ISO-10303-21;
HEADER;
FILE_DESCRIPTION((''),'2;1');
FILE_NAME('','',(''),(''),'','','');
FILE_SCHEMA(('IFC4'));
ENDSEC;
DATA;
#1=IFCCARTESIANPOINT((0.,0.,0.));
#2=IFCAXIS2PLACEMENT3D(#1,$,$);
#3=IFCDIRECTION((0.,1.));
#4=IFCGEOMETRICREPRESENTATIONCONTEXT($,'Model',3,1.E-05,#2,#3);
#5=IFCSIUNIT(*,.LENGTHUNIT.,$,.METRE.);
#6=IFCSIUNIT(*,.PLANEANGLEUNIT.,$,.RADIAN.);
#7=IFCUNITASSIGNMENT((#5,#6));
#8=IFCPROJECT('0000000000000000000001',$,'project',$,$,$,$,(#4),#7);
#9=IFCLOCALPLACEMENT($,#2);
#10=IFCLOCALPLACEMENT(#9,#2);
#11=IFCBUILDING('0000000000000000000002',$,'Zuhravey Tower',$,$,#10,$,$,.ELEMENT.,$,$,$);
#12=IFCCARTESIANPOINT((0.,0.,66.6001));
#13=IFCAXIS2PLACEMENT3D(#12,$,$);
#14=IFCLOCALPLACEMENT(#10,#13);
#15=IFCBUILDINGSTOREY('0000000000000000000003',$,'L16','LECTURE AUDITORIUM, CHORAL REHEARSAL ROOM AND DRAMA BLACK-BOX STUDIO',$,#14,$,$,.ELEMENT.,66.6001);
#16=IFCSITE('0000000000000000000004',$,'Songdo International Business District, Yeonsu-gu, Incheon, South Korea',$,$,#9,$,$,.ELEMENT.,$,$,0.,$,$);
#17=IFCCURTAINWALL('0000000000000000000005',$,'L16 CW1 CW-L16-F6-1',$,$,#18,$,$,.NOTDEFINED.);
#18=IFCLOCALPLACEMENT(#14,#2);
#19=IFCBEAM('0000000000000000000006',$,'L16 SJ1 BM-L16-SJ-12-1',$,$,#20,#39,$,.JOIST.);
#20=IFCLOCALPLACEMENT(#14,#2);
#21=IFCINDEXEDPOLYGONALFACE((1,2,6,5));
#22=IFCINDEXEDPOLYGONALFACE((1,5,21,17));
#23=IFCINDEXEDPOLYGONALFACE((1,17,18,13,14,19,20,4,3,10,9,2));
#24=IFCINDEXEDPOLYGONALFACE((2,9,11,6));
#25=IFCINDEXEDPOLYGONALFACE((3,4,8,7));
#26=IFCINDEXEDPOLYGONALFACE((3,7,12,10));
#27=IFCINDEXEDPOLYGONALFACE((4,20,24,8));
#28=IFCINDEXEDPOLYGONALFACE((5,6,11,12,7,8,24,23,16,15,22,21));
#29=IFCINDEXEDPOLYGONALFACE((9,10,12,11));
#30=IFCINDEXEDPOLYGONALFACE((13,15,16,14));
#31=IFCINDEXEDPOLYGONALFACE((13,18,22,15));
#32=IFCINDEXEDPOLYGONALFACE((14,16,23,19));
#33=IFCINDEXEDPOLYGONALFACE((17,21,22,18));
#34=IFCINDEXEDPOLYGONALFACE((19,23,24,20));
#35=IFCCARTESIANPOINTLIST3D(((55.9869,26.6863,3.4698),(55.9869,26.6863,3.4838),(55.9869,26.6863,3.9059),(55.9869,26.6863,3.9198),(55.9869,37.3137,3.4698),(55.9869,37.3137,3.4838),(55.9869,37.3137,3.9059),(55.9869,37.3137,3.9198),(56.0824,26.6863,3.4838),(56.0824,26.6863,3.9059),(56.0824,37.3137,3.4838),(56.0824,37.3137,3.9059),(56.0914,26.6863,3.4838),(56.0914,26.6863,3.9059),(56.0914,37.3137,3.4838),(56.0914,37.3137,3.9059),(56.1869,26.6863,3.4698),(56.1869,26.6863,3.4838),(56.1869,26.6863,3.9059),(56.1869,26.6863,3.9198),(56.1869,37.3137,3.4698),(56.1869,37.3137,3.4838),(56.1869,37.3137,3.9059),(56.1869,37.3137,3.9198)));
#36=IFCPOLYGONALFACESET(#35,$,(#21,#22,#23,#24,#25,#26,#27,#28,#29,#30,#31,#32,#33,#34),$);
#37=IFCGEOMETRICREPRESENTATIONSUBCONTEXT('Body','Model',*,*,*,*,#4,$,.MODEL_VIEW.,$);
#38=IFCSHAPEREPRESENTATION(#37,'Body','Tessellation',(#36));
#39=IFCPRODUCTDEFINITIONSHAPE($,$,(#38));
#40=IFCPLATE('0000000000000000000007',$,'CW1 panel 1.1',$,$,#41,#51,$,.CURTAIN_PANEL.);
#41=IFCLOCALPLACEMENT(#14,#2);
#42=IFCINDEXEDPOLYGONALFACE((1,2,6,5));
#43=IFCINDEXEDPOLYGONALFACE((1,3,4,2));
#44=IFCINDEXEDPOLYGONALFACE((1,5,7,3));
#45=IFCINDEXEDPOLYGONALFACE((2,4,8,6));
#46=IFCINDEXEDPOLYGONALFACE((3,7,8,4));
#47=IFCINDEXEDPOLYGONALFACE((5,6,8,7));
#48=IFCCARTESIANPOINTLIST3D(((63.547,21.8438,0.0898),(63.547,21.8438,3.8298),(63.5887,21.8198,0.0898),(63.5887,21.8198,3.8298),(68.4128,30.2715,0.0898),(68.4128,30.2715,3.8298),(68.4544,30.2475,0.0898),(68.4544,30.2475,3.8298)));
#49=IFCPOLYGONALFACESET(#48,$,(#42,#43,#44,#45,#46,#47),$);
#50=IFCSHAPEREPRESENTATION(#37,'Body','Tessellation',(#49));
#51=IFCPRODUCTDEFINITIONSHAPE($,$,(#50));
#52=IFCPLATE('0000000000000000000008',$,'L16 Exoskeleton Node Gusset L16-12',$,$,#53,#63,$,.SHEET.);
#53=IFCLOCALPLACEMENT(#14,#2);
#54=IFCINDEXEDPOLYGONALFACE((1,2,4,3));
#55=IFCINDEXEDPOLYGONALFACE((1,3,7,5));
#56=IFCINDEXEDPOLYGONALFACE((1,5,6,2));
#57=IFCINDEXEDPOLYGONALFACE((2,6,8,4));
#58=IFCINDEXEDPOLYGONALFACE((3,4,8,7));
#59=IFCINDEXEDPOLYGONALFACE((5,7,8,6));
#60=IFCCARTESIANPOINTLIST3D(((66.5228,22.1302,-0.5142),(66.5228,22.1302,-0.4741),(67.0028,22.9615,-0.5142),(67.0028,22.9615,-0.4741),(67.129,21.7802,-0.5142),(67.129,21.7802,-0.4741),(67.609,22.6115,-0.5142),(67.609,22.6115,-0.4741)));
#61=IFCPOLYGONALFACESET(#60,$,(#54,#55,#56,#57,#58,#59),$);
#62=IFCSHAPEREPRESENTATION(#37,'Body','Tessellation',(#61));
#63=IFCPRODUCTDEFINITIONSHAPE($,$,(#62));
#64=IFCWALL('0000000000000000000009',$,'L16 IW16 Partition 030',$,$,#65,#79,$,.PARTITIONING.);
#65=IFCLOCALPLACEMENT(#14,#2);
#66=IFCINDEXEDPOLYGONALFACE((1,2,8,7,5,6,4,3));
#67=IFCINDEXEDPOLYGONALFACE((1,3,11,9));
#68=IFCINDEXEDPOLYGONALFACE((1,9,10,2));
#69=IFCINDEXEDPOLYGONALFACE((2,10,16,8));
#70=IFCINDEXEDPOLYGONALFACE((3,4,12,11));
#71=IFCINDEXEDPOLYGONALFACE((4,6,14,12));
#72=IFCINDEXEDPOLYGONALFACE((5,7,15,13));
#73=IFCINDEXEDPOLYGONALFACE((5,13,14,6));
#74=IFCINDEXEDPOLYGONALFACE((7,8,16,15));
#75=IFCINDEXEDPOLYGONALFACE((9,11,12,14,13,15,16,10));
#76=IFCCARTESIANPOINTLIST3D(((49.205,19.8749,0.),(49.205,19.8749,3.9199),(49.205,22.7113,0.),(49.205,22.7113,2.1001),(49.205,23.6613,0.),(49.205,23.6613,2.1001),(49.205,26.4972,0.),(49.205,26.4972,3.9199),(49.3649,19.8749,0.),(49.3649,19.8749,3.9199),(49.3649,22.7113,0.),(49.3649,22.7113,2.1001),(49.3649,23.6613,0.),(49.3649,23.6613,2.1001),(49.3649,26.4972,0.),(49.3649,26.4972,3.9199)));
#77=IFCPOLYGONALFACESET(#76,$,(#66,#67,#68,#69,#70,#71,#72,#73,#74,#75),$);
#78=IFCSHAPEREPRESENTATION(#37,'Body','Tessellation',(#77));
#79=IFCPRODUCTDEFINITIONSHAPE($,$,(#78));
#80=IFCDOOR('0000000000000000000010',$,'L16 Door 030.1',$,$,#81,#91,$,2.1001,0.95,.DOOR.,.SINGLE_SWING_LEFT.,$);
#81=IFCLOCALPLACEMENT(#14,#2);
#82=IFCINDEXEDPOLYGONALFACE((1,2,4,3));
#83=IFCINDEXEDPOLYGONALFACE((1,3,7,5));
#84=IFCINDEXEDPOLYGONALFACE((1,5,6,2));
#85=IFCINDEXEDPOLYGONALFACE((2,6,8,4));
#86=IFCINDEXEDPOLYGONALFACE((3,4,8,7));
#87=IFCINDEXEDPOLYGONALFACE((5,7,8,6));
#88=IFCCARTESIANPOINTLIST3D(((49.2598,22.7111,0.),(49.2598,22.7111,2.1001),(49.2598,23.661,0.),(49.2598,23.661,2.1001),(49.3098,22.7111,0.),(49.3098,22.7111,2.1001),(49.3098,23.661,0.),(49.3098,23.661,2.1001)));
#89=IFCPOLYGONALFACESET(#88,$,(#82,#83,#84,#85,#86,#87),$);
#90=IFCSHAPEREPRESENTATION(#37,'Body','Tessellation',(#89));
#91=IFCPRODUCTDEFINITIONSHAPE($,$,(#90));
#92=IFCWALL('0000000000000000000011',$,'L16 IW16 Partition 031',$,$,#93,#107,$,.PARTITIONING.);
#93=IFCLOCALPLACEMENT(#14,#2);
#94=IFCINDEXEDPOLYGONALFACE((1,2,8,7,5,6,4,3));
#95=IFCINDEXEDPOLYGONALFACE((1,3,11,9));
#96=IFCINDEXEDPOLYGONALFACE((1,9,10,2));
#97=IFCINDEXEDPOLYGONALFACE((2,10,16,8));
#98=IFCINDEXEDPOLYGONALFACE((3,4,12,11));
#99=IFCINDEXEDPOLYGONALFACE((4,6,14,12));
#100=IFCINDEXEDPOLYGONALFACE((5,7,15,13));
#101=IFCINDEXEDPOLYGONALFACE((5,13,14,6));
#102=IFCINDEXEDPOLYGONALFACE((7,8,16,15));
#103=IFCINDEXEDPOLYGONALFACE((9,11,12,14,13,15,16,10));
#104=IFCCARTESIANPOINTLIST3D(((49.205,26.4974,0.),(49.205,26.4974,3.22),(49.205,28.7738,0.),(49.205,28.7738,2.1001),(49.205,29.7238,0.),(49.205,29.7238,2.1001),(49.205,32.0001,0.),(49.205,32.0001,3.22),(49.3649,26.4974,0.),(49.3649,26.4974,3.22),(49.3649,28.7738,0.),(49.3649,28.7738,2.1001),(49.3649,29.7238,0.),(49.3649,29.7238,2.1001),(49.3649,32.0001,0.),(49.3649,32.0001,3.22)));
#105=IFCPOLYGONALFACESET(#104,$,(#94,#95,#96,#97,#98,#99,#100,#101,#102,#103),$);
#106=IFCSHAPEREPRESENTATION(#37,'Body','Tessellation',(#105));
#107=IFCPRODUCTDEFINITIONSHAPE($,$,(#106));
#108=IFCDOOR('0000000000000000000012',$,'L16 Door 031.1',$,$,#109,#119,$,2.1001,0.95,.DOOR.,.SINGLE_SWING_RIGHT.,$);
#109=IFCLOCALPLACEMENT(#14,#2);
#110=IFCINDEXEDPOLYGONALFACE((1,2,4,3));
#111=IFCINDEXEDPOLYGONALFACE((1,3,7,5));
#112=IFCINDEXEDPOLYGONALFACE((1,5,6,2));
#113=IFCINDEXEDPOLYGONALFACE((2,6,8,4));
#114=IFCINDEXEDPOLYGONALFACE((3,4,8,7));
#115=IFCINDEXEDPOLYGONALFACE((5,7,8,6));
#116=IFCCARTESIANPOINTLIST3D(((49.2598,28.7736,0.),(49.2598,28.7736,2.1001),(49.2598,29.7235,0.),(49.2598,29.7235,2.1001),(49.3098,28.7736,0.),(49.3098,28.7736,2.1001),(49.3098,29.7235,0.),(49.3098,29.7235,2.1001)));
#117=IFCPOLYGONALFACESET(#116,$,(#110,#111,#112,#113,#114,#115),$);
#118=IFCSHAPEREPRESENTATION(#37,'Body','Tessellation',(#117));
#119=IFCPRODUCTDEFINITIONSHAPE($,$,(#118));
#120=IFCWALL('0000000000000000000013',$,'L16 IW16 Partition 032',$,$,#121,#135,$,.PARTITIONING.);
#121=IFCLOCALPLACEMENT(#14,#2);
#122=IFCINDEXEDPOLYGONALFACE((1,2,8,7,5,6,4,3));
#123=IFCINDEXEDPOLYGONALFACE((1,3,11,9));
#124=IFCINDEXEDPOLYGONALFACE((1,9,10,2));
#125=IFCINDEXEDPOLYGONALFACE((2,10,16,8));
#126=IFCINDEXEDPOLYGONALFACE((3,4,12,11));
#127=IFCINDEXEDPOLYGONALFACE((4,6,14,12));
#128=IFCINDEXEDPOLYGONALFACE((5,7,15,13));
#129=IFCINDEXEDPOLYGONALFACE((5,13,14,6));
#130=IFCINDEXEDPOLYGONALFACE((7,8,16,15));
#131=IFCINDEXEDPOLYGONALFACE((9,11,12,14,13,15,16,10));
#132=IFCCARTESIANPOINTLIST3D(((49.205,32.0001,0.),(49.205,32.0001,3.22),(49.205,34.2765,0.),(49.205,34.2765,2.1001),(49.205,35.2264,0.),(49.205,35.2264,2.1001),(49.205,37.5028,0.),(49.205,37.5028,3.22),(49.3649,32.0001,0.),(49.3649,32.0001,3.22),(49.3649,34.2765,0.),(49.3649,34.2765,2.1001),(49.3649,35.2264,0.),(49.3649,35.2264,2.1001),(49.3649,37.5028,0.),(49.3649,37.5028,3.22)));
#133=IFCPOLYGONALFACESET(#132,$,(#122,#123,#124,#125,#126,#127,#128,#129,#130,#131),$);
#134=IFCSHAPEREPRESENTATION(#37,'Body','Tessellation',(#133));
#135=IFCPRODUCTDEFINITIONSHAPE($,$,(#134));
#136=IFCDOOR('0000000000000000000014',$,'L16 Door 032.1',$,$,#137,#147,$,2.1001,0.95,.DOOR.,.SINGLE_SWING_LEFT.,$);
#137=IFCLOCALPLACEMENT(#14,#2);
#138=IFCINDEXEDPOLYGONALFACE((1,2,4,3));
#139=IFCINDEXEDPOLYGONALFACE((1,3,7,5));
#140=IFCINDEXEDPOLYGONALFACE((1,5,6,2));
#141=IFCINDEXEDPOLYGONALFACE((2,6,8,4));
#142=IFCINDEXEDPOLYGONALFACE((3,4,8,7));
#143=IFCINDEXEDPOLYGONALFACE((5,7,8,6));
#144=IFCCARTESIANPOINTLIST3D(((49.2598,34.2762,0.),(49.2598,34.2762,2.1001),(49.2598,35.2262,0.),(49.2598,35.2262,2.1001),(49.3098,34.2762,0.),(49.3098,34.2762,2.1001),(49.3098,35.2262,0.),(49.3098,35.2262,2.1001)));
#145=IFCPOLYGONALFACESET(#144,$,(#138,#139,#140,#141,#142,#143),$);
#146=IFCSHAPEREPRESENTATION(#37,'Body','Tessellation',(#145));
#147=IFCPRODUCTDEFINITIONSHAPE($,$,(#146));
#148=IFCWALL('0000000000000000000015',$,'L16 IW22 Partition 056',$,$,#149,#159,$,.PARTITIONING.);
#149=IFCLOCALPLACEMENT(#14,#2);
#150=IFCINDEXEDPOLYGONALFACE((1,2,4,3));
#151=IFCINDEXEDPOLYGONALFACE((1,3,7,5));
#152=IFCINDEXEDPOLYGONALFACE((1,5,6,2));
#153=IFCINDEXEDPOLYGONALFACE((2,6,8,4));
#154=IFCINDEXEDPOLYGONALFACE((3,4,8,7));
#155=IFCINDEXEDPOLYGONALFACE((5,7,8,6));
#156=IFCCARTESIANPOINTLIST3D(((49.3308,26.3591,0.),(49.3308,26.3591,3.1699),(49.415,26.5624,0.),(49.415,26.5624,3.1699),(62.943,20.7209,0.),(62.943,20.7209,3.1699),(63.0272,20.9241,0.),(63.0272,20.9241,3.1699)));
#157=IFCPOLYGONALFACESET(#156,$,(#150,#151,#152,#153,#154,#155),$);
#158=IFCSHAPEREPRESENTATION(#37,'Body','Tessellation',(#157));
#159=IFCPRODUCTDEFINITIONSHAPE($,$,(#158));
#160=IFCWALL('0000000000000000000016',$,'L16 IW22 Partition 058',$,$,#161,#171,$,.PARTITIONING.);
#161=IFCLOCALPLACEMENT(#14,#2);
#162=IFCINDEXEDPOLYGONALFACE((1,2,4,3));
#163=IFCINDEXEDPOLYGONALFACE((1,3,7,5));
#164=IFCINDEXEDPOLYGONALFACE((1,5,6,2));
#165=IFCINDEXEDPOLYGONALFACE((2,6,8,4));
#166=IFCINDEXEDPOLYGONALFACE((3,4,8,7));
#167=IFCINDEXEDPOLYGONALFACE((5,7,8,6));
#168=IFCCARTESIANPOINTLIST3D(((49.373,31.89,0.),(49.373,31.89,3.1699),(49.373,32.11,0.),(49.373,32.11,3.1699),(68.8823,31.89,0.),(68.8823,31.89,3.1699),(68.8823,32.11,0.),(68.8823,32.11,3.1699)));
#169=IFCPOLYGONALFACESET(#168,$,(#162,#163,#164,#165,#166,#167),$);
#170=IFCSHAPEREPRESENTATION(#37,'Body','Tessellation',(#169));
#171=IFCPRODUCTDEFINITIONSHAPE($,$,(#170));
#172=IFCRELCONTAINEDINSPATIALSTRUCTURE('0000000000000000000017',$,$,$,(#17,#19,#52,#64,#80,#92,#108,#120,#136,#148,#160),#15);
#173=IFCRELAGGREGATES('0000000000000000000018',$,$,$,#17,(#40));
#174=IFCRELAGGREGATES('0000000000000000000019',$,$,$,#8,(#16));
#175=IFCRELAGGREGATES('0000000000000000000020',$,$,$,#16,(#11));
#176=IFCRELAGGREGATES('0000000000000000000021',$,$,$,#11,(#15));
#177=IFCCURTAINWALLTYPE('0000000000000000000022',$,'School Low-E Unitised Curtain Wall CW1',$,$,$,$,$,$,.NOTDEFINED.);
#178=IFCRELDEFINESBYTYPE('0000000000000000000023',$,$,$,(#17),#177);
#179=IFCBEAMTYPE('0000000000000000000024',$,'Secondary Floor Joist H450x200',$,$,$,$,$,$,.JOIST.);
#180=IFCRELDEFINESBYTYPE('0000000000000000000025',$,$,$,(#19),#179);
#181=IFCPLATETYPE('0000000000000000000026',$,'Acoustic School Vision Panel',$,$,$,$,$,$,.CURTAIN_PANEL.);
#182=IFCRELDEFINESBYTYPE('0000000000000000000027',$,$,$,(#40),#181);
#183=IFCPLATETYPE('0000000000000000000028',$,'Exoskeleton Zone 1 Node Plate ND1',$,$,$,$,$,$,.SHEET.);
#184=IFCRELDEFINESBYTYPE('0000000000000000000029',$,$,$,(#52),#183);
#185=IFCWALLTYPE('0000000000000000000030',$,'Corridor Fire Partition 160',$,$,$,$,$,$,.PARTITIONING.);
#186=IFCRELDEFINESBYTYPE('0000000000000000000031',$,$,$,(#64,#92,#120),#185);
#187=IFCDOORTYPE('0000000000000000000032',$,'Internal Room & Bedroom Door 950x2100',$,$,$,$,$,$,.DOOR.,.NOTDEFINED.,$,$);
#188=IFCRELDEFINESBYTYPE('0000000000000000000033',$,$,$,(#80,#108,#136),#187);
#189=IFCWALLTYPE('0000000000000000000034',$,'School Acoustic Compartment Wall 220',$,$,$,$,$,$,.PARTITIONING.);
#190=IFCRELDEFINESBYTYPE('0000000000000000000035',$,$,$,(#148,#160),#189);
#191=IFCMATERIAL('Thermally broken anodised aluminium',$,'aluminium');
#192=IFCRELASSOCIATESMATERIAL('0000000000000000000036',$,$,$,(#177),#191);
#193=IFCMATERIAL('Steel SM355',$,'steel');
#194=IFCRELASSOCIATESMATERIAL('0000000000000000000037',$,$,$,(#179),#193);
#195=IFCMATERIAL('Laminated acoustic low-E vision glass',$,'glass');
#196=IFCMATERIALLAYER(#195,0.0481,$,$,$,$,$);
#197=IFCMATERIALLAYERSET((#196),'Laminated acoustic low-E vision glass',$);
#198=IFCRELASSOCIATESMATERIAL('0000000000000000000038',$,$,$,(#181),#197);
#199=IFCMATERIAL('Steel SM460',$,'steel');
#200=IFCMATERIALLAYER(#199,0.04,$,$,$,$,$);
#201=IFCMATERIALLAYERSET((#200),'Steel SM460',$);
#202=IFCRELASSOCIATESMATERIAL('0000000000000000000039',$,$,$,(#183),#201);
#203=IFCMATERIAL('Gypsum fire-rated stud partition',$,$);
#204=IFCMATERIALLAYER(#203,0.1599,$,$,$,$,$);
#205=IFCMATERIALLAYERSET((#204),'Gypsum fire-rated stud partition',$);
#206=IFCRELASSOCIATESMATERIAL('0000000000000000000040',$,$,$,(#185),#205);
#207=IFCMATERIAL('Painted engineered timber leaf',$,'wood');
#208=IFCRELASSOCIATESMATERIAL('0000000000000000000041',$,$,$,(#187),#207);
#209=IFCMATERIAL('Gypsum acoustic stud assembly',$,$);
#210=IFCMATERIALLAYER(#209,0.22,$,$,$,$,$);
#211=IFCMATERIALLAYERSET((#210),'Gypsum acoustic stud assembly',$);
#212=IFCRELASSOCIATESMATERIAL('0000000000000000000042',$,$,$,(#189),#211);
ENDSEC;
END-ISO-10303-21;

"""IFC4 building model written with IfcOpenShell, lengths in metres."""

from ifc_helpers import new_model, si_unit, direction, frame, frame_2d, origin, origin_2d, place, context, subcontext, project, spatial, rectangle, i_section, extrude, material, layer, layer_set, material_profile, profile_set, type_object, element, fill, aggregate, save


model = new_model("IFC4")

# Units and contexts
model_context = context("Model", 3, precision=1e-05, world=origin(), true_north=direction((0.0, 1.0)))
body_context = subcontext(model_context, "Body", "Model", "MODEL_VIEW")
ifc_project = project(units=[si_unit("LENGTHUNIT", "METRE"), si_unit("PLANEANGLEUNIT", "RADIAN")], contexts=[model_context])

# Site, building, storey
site_placement = place(None, origin())
site = spatial("IfcSite", under=ifc_project, at=site_placement, Name="Songdo International Business District, Yeonsu-gu, Incheon, South Korea", CompositionType="ELEMENT", RefElevation=0.0)
building_placement = place(site_placement, origin())
building = spatial("IfcBuilding", under=site, at=building_placement, Name="Zuhravey Tower", CompositionType="ELEMENT")
storey_placement = place(building_placement, frame((0.0, 0.0, 66.6001)))
storey = spatial("IfcBuildingStorey", under=building, at=storey_placement, Name="L16", Description="LECTURE AUDITORIUM, CHORAL REHEARSAL ROOM AND DRAMA BLACK-BOX STUDIO", CompositionType="ELEMENT", Elevation=66.6001)

# Curtain wall
ifc_material_1 = material(Name="Thermally broken anodised aluminium", Category="aluminium")
curtain_wall_type = type_object("IfcCurtainWallType", Name="School Low-E Unitised Curtain Wall CW1", PredefinedType="NOTDEFINED", material=ifc_material_1)
curtain_wall_placement = place(storey_placement, origin())
curtain_wall = element("IfcCurtainWall", 1, at=curtain_wall_placement, inside=storey, type_object=curtain_wall_type, Name="L16 CW1 CW-L16-F6-1", PredefinedType="NOTDEFINED")

# Shared definitions
ifc_material_2 = material(Name="Steel SM460", Category="steel")

# Beam
ifc_material_3 = material(Name="Steel SM355", Category="steel")
ifc_material_profile_1 = material_profile(ifc_material_3, i_section(OverallWidth=0.2, OverallDepth=0.45, WebThickness=0.009, FlangeThickness=0.0139, at=origin_2d()), Name="H-450x200x9x14")
ifc_profile_set_1 = profile_set([ifc_material_profile_1], Name="Steel SM355")
beam_type_1 = type_object("IfcBeamType", Name="Secondary Floor Joist H450x200", PredefinedType="JOIST", material=ifc_profile_set_1)
beam_1_placement = place(storey_placement, frame((56.0869, 26.6863, 3.6948), z_axis=(0.0, 1.0, 0.0), x_axis=(-1.0, 0.0, 0.0)))
element("IfcBeam", 2, at=beam_1_placement, inside=storey, type_object=beam_type_1, Name="L16 SJ1 BM-L16-SJ-12-1", PredefinedType="JOIST", context=body_context, shape_type="SweptSolid", body=[
    extrude(i_section(OverallWidth=0.2, OverallDepth=0.45, WebThickness=0.009, FlangeThickness=0.0139, at=origin_2d()), origin(), (0.0, 0.0, 1.0), 10.6274),
])

# Plates
ifc_material_4 = material(Name="Laminated acoustic low-E vision glass", Category="glass")
ifc_layer_1 = layer(ifc_material_4, 0.0481)
ifc_layer_set_1 = layer_set([ifc_layer_1], Name="Laminated acoustic low-E vision glass")
plate_type_1 = type_object("IfcPlateType", Name="Acoustic School Vision Panel", PredefinedType="CURTAIN_PANEL", material=ifc_layer_set_1)
plate_1_placement = place(storey_placement, frame((66.0007, 26.0457, 0.0898), z_axis=(0.0, 0.0, 1.0), x_axis=(-0.5, -0.866026, 0.0)))
plate_1 = element("IfcPlate", 3, at=plate_1_placement, type_object=plate_type_1, Name="CW1 panel 1.1", PredefinedType="CURTAIN_PANEL", context=body_context, shape_type="SweptSolid", body=[
    extrude(rectangle(XDim=9.7314, YDim=0.0481, at=origin_2d()), origin(), (0.0, 0.0, 1.0), 3.74),
])
aggregate(curtain_wall, [plate_1])
ifc_layer_2 = layer(ifc_material_2, 0.04)
ifc_layer_set_2 = layer_set([ifc_layer_2], Name="Steel SM460")
plate_type_2 = type_object("IfcPlateType", Name="Exoskeleton Zone 1 Node Plate ND1", PredefinedType="SHEET", material=ifc_layer_set_2)
plate_2_placement = place(storey_placement, frame((67.0659, 22.3708, -0.5142), z_axis=(0.0, 0.0, 1.0), x_axis=(0.5, 0.866025, 0.0)))
element("IfcPlate", 4, at=plate_2_placement, inside=storey, type_object=plate_type_2, Name="L16 Exoskeleton Node Gusset L16-12", PredefinedType="SHEET", context=body_context, shape_type="SweptSolid", body=[
    extrude(rectangle(XDim=0.96, YDim=0.7, at=origin_2d()), origin(), (0.0, 0.0, 1.0), 0.04),
])

# Walls, openings, doors
ifc_material_5 = material(Name="Gypsum fire-rated stud partition")
ifc_layer_3 = layer(ifc_material_5, 0.1599)
ifc_layer_set_3 = layer_set([ifc_layer_3], Name="Gypsum fire-rated stud partition")
wall_type_1 = type_object("IfcWallType", Name="Corridor Fire Partition 160", PredefinedType="PARTITIONING", material=ifc_layer_set_3)
wall_1_placement = place(storey_placement, frame((49.2849, 19.875, 0.0), z_axis=(0.0, 0.0, 1.0), x_axis=(0.0, 1.0, 0.0)))
wall_1 = element("IfcWall", 5, at=wall_1_placement, inside=storey, type_object=wall_type_1, Name="L16 IW16 Partition 030", PredefinedType="PARTITIONING", context=body_context, shape_type="SweptSolid", body=[
    extrude(rectangle(XDim=6.6223, YDim=0.1599, at=frame_2d((3.311, 0.0))), origin(), (0.0, 0.0, 1.0), 3.9199),
])
opening_1_placement = place(wall_1_placement, frame((2.8362, 0.0, 0.0)))
opening_1 = element("IfcOpeningElement", 6, at=opening_1_placement, cuts=wall_1, PredefinedType="OPENING", context=body_context, shape_type="SweptSolid", body=[
    extrude(rectangle(XDim=0.95, YDim=2.1001, at=frame_2d((0.4751, 1.05))), frame((0.0, 0.092, 0.0), z_axis=(0.0, -1.0, 0.0), x_axis=(1.0, 0.0, 0.0)), (0.0, 0.0, 1.0), 0.1838),
])
ifc_material_6 = material(Name="Painted engineered timber leaf", Category="wood")
door_type = type_object("IfcDoorType", Name="Internal Room & Bedroom Door 950x2100", OperationType="NOTDEFINED", PredefinedType="DOOR", material=ifc_material_6)
door_1_placement = place(opening_1_placement, frame((0.95, 0.0, 0.0), z_axis=(0.0, 0.0, 1.0), x_axis=(-1.0, 0.0, 0.0)))
door_1 = element("IfcDoor", 7, at=door_1_placement, inside=storey, type_object=door_type, Name="L16 Door 030.1", OperationType="SINGLE_SWING_LEFT", OverallHeight=2.1001, OverallWidth=0.95, PredefinedType="DOOR", context=body_context, shape_type="SweptSolid", body=[
    extrude(rectangle(XDim=0.95, YDim=2.1001, at=frame_2d((0.4751, 1.05))), frame((0.0, 0.0249, 0.0), z_axis=(0.0, -1.0, 0.0), x_axis=(1.0, 0.0, 0.0)), (0.0, 0.0, 1.0), 0.05),
])
fill(opening_1, door_1)
wall_2_placement = place(storey_placement, frame((49.2849, 26.4973, 0.0), z_axis=(0.0, 0.0, 1.0), x_axis=(0.0, 1.0, 0.0)))
wall_2 = element("IfcWall", 8, at=wall_2_placement, inside=storey, type_object=wall_type_1, Name="L16 IW16 Partition 031", PredefinedType="PARTITIONING", context=body_context, shape_type="SweptSolid", body=[
    extrude(rectangle(XDim=5.5027, YDim=0.1599, at=frame_2d((2.7515, 0.0))), origin(), (0.0, 0.0, 1.0), 3.22),
])
opening_2_placement = place(wall_2_placement, frame((2.2764, 0.0, 0.0)))
opening_2 = element("IfcOpeningElement", 9, at=opening_2_placement, cuts=wall_2, PredefinedType="OPENING", context=body_context, shape_type="SweptSolid", body=[
    extrude(rectangle(XDim=0.95, YDim=2.1001, at=frame_2d((0.4751, 1.05))), frame((0.0, 0.092, 0.0), z_axis=(0.0, -1.0, 0.0), x_axis=(1.0, 0.0, 0.0)), (0.0, 0.0, 1.0), 0.1838),
])
door_2_placement = place(opening_2_placement, frame((0.95, 0.0, 0.0), z_axis=(0.0, 0.0, 1.0), x_axis=(-1.0, 0.0, 0.0)))
door_2 = element("IfcDoor", 10, at=door_2_placement, inside=storey, type_object=door_type, Name="L16 Door 031.1", OperationType="SINGLE_SWING_RIGHT", OverallHeight=2.1001, OverallWidth=0.95, PredefinedType="DOOR", context=body_context, shape_type="SweptSolid", body=[
    extrude(rectangle(XDim=0.95, YDim=2.1001, at=frame_2d((0.4751, 1.05))), frame((0.0, 0.0249, 0.0), z_axis=(0.0, -1.0, 0.0), x_axis=(1.0, 0.0, 0.0)), (0.0, 0.0, 1.0), 0.05),
])
fill(opening_2, door_2)
wall_3_placement = place(storey_placement, frame((49.2849, 32.0, 0.0), z_axis=(0.0, 0.0, 1.0), x_axis=(0.0, 1.0, 0.0)))
wall_3 = element("IfcWall", 11, at=wall_3_placement, inside=storey, type_object=wall_type_1, Name="L16 IW16 Partition 032", PredefinedType="PARTITIONING", context=body_context, shape_type="SweptSolid", body=[
    extrude(rectangle(XDim=5.5027, YDim=0.1599, at=frame_2d((2.7515, 0.0))), origin(), (0.0, 0.0, 1.0), 3.22),
])
opening_3_placement = place(wall_3_placement, frame((2.2764, 0.0, 0.0)))
opening_3 = element("IfcOpeningElement", 12, at=opening_3_placement, cuts=wall_3, PredefinedType="OPENING", context=body_context, shape_type="SweptSolid", body=[
    extrude(rectangle(XDim=0.95, YDim=2.1001, at=frame_2d((0.4751, 1.05))), frame((0.0, 0.092, 0.0), z_axis=(0.0, -1.0, 0.0), x_axis=(1.0, 0.0, 0.0)), (0.0, 0.0, 1.0), 0.1838),
])
door_3_placement = place(opening_3_placement, frame((0.95, 0.0, 0.0), z_axis=(0.0, 0.0, 1.0), x_axis=(-1.0, 0.0, 0.0)))
door_3 = element("IfcDoor", 13, at=door_3_placement, inside=storey, type_object=door_type, Name="L16 Door 032.1", OperationType="SINGLE_SWING_LEFT", OverallHeight=2.1001, OverallWidth=0.95, PredefinedType="DOOR", context=body_context, shape_type="SweptSolid", body=[
    extrude(rectangle(XDim=0.95, YDim=2.1001, at=frame_2d((0.4751, 1.05))), frame((0.0, 0.0249, 0.0), z_axis=(0.0, -1.0, 0.0), x_axis=(1.0, 0.0, 0.0)), (0.0, 0.0, 1.0), 0.05),
])
fill(opening_3, door_3)

# Walls
ifc_material_7 = material(Name="Gypsum acoustic stud assembly")
ifc_layer_4 = layer(ifc_material_7, 0.22)
ifc_layer_set_4 = layer_set([ifc_layer_4], Name="Gypsum acoustic stud assembly")
wall_type_2 = type_object("IfcWallType", Name="School Acoustic Compartment Wall 220", PredefinedType="PARTITIONING", material=ifc_layer_set_4)
wall_4_placement = place(storey_placement, frame((49.373, 26.4607, 0.0), z_axis=(0.0, 0.0, 1.0), x_axis=(0.923882, -0.382677, 0.0)))
element("IfcWall", 14, at=wall_4_placement, inside=storey, type_object=wall_type_2, Name="L16 IW22 Partition 056", PredefinedType="PARTITIONING", context=body_context, shape_type="SweptSolid", body=[
    extrude(rectangle(XDim=14.7336, YDim=0.22, at=frame_2d((7.3667, 0.0))), origin(), (0.0, 0.0, 1.0), 3.1699),
])
wall_5_placement = place(storey_placement, frame((49.373, 32.0, 0.0), z_axis=(0.0, 0.0, 1.0), x_axis=(1.0, 0.0, 0.0)))
element("IfcWall", 15, at=wall_5_placement, inside=storey, type_object=wall_type_2, Name="L16 IW22 Partition 058", PredefinedType="PARTITIONING", context=body_context, shape_type="SweptSolid", body=[
    extrude(rectangle(XDim=19.5093, YDim=0.22, at=frame_2d((9.7546, 0.0))), origin(), (0.0, 0.0, 1.0), 3.1699),
])

save(model, "model.ifc")
